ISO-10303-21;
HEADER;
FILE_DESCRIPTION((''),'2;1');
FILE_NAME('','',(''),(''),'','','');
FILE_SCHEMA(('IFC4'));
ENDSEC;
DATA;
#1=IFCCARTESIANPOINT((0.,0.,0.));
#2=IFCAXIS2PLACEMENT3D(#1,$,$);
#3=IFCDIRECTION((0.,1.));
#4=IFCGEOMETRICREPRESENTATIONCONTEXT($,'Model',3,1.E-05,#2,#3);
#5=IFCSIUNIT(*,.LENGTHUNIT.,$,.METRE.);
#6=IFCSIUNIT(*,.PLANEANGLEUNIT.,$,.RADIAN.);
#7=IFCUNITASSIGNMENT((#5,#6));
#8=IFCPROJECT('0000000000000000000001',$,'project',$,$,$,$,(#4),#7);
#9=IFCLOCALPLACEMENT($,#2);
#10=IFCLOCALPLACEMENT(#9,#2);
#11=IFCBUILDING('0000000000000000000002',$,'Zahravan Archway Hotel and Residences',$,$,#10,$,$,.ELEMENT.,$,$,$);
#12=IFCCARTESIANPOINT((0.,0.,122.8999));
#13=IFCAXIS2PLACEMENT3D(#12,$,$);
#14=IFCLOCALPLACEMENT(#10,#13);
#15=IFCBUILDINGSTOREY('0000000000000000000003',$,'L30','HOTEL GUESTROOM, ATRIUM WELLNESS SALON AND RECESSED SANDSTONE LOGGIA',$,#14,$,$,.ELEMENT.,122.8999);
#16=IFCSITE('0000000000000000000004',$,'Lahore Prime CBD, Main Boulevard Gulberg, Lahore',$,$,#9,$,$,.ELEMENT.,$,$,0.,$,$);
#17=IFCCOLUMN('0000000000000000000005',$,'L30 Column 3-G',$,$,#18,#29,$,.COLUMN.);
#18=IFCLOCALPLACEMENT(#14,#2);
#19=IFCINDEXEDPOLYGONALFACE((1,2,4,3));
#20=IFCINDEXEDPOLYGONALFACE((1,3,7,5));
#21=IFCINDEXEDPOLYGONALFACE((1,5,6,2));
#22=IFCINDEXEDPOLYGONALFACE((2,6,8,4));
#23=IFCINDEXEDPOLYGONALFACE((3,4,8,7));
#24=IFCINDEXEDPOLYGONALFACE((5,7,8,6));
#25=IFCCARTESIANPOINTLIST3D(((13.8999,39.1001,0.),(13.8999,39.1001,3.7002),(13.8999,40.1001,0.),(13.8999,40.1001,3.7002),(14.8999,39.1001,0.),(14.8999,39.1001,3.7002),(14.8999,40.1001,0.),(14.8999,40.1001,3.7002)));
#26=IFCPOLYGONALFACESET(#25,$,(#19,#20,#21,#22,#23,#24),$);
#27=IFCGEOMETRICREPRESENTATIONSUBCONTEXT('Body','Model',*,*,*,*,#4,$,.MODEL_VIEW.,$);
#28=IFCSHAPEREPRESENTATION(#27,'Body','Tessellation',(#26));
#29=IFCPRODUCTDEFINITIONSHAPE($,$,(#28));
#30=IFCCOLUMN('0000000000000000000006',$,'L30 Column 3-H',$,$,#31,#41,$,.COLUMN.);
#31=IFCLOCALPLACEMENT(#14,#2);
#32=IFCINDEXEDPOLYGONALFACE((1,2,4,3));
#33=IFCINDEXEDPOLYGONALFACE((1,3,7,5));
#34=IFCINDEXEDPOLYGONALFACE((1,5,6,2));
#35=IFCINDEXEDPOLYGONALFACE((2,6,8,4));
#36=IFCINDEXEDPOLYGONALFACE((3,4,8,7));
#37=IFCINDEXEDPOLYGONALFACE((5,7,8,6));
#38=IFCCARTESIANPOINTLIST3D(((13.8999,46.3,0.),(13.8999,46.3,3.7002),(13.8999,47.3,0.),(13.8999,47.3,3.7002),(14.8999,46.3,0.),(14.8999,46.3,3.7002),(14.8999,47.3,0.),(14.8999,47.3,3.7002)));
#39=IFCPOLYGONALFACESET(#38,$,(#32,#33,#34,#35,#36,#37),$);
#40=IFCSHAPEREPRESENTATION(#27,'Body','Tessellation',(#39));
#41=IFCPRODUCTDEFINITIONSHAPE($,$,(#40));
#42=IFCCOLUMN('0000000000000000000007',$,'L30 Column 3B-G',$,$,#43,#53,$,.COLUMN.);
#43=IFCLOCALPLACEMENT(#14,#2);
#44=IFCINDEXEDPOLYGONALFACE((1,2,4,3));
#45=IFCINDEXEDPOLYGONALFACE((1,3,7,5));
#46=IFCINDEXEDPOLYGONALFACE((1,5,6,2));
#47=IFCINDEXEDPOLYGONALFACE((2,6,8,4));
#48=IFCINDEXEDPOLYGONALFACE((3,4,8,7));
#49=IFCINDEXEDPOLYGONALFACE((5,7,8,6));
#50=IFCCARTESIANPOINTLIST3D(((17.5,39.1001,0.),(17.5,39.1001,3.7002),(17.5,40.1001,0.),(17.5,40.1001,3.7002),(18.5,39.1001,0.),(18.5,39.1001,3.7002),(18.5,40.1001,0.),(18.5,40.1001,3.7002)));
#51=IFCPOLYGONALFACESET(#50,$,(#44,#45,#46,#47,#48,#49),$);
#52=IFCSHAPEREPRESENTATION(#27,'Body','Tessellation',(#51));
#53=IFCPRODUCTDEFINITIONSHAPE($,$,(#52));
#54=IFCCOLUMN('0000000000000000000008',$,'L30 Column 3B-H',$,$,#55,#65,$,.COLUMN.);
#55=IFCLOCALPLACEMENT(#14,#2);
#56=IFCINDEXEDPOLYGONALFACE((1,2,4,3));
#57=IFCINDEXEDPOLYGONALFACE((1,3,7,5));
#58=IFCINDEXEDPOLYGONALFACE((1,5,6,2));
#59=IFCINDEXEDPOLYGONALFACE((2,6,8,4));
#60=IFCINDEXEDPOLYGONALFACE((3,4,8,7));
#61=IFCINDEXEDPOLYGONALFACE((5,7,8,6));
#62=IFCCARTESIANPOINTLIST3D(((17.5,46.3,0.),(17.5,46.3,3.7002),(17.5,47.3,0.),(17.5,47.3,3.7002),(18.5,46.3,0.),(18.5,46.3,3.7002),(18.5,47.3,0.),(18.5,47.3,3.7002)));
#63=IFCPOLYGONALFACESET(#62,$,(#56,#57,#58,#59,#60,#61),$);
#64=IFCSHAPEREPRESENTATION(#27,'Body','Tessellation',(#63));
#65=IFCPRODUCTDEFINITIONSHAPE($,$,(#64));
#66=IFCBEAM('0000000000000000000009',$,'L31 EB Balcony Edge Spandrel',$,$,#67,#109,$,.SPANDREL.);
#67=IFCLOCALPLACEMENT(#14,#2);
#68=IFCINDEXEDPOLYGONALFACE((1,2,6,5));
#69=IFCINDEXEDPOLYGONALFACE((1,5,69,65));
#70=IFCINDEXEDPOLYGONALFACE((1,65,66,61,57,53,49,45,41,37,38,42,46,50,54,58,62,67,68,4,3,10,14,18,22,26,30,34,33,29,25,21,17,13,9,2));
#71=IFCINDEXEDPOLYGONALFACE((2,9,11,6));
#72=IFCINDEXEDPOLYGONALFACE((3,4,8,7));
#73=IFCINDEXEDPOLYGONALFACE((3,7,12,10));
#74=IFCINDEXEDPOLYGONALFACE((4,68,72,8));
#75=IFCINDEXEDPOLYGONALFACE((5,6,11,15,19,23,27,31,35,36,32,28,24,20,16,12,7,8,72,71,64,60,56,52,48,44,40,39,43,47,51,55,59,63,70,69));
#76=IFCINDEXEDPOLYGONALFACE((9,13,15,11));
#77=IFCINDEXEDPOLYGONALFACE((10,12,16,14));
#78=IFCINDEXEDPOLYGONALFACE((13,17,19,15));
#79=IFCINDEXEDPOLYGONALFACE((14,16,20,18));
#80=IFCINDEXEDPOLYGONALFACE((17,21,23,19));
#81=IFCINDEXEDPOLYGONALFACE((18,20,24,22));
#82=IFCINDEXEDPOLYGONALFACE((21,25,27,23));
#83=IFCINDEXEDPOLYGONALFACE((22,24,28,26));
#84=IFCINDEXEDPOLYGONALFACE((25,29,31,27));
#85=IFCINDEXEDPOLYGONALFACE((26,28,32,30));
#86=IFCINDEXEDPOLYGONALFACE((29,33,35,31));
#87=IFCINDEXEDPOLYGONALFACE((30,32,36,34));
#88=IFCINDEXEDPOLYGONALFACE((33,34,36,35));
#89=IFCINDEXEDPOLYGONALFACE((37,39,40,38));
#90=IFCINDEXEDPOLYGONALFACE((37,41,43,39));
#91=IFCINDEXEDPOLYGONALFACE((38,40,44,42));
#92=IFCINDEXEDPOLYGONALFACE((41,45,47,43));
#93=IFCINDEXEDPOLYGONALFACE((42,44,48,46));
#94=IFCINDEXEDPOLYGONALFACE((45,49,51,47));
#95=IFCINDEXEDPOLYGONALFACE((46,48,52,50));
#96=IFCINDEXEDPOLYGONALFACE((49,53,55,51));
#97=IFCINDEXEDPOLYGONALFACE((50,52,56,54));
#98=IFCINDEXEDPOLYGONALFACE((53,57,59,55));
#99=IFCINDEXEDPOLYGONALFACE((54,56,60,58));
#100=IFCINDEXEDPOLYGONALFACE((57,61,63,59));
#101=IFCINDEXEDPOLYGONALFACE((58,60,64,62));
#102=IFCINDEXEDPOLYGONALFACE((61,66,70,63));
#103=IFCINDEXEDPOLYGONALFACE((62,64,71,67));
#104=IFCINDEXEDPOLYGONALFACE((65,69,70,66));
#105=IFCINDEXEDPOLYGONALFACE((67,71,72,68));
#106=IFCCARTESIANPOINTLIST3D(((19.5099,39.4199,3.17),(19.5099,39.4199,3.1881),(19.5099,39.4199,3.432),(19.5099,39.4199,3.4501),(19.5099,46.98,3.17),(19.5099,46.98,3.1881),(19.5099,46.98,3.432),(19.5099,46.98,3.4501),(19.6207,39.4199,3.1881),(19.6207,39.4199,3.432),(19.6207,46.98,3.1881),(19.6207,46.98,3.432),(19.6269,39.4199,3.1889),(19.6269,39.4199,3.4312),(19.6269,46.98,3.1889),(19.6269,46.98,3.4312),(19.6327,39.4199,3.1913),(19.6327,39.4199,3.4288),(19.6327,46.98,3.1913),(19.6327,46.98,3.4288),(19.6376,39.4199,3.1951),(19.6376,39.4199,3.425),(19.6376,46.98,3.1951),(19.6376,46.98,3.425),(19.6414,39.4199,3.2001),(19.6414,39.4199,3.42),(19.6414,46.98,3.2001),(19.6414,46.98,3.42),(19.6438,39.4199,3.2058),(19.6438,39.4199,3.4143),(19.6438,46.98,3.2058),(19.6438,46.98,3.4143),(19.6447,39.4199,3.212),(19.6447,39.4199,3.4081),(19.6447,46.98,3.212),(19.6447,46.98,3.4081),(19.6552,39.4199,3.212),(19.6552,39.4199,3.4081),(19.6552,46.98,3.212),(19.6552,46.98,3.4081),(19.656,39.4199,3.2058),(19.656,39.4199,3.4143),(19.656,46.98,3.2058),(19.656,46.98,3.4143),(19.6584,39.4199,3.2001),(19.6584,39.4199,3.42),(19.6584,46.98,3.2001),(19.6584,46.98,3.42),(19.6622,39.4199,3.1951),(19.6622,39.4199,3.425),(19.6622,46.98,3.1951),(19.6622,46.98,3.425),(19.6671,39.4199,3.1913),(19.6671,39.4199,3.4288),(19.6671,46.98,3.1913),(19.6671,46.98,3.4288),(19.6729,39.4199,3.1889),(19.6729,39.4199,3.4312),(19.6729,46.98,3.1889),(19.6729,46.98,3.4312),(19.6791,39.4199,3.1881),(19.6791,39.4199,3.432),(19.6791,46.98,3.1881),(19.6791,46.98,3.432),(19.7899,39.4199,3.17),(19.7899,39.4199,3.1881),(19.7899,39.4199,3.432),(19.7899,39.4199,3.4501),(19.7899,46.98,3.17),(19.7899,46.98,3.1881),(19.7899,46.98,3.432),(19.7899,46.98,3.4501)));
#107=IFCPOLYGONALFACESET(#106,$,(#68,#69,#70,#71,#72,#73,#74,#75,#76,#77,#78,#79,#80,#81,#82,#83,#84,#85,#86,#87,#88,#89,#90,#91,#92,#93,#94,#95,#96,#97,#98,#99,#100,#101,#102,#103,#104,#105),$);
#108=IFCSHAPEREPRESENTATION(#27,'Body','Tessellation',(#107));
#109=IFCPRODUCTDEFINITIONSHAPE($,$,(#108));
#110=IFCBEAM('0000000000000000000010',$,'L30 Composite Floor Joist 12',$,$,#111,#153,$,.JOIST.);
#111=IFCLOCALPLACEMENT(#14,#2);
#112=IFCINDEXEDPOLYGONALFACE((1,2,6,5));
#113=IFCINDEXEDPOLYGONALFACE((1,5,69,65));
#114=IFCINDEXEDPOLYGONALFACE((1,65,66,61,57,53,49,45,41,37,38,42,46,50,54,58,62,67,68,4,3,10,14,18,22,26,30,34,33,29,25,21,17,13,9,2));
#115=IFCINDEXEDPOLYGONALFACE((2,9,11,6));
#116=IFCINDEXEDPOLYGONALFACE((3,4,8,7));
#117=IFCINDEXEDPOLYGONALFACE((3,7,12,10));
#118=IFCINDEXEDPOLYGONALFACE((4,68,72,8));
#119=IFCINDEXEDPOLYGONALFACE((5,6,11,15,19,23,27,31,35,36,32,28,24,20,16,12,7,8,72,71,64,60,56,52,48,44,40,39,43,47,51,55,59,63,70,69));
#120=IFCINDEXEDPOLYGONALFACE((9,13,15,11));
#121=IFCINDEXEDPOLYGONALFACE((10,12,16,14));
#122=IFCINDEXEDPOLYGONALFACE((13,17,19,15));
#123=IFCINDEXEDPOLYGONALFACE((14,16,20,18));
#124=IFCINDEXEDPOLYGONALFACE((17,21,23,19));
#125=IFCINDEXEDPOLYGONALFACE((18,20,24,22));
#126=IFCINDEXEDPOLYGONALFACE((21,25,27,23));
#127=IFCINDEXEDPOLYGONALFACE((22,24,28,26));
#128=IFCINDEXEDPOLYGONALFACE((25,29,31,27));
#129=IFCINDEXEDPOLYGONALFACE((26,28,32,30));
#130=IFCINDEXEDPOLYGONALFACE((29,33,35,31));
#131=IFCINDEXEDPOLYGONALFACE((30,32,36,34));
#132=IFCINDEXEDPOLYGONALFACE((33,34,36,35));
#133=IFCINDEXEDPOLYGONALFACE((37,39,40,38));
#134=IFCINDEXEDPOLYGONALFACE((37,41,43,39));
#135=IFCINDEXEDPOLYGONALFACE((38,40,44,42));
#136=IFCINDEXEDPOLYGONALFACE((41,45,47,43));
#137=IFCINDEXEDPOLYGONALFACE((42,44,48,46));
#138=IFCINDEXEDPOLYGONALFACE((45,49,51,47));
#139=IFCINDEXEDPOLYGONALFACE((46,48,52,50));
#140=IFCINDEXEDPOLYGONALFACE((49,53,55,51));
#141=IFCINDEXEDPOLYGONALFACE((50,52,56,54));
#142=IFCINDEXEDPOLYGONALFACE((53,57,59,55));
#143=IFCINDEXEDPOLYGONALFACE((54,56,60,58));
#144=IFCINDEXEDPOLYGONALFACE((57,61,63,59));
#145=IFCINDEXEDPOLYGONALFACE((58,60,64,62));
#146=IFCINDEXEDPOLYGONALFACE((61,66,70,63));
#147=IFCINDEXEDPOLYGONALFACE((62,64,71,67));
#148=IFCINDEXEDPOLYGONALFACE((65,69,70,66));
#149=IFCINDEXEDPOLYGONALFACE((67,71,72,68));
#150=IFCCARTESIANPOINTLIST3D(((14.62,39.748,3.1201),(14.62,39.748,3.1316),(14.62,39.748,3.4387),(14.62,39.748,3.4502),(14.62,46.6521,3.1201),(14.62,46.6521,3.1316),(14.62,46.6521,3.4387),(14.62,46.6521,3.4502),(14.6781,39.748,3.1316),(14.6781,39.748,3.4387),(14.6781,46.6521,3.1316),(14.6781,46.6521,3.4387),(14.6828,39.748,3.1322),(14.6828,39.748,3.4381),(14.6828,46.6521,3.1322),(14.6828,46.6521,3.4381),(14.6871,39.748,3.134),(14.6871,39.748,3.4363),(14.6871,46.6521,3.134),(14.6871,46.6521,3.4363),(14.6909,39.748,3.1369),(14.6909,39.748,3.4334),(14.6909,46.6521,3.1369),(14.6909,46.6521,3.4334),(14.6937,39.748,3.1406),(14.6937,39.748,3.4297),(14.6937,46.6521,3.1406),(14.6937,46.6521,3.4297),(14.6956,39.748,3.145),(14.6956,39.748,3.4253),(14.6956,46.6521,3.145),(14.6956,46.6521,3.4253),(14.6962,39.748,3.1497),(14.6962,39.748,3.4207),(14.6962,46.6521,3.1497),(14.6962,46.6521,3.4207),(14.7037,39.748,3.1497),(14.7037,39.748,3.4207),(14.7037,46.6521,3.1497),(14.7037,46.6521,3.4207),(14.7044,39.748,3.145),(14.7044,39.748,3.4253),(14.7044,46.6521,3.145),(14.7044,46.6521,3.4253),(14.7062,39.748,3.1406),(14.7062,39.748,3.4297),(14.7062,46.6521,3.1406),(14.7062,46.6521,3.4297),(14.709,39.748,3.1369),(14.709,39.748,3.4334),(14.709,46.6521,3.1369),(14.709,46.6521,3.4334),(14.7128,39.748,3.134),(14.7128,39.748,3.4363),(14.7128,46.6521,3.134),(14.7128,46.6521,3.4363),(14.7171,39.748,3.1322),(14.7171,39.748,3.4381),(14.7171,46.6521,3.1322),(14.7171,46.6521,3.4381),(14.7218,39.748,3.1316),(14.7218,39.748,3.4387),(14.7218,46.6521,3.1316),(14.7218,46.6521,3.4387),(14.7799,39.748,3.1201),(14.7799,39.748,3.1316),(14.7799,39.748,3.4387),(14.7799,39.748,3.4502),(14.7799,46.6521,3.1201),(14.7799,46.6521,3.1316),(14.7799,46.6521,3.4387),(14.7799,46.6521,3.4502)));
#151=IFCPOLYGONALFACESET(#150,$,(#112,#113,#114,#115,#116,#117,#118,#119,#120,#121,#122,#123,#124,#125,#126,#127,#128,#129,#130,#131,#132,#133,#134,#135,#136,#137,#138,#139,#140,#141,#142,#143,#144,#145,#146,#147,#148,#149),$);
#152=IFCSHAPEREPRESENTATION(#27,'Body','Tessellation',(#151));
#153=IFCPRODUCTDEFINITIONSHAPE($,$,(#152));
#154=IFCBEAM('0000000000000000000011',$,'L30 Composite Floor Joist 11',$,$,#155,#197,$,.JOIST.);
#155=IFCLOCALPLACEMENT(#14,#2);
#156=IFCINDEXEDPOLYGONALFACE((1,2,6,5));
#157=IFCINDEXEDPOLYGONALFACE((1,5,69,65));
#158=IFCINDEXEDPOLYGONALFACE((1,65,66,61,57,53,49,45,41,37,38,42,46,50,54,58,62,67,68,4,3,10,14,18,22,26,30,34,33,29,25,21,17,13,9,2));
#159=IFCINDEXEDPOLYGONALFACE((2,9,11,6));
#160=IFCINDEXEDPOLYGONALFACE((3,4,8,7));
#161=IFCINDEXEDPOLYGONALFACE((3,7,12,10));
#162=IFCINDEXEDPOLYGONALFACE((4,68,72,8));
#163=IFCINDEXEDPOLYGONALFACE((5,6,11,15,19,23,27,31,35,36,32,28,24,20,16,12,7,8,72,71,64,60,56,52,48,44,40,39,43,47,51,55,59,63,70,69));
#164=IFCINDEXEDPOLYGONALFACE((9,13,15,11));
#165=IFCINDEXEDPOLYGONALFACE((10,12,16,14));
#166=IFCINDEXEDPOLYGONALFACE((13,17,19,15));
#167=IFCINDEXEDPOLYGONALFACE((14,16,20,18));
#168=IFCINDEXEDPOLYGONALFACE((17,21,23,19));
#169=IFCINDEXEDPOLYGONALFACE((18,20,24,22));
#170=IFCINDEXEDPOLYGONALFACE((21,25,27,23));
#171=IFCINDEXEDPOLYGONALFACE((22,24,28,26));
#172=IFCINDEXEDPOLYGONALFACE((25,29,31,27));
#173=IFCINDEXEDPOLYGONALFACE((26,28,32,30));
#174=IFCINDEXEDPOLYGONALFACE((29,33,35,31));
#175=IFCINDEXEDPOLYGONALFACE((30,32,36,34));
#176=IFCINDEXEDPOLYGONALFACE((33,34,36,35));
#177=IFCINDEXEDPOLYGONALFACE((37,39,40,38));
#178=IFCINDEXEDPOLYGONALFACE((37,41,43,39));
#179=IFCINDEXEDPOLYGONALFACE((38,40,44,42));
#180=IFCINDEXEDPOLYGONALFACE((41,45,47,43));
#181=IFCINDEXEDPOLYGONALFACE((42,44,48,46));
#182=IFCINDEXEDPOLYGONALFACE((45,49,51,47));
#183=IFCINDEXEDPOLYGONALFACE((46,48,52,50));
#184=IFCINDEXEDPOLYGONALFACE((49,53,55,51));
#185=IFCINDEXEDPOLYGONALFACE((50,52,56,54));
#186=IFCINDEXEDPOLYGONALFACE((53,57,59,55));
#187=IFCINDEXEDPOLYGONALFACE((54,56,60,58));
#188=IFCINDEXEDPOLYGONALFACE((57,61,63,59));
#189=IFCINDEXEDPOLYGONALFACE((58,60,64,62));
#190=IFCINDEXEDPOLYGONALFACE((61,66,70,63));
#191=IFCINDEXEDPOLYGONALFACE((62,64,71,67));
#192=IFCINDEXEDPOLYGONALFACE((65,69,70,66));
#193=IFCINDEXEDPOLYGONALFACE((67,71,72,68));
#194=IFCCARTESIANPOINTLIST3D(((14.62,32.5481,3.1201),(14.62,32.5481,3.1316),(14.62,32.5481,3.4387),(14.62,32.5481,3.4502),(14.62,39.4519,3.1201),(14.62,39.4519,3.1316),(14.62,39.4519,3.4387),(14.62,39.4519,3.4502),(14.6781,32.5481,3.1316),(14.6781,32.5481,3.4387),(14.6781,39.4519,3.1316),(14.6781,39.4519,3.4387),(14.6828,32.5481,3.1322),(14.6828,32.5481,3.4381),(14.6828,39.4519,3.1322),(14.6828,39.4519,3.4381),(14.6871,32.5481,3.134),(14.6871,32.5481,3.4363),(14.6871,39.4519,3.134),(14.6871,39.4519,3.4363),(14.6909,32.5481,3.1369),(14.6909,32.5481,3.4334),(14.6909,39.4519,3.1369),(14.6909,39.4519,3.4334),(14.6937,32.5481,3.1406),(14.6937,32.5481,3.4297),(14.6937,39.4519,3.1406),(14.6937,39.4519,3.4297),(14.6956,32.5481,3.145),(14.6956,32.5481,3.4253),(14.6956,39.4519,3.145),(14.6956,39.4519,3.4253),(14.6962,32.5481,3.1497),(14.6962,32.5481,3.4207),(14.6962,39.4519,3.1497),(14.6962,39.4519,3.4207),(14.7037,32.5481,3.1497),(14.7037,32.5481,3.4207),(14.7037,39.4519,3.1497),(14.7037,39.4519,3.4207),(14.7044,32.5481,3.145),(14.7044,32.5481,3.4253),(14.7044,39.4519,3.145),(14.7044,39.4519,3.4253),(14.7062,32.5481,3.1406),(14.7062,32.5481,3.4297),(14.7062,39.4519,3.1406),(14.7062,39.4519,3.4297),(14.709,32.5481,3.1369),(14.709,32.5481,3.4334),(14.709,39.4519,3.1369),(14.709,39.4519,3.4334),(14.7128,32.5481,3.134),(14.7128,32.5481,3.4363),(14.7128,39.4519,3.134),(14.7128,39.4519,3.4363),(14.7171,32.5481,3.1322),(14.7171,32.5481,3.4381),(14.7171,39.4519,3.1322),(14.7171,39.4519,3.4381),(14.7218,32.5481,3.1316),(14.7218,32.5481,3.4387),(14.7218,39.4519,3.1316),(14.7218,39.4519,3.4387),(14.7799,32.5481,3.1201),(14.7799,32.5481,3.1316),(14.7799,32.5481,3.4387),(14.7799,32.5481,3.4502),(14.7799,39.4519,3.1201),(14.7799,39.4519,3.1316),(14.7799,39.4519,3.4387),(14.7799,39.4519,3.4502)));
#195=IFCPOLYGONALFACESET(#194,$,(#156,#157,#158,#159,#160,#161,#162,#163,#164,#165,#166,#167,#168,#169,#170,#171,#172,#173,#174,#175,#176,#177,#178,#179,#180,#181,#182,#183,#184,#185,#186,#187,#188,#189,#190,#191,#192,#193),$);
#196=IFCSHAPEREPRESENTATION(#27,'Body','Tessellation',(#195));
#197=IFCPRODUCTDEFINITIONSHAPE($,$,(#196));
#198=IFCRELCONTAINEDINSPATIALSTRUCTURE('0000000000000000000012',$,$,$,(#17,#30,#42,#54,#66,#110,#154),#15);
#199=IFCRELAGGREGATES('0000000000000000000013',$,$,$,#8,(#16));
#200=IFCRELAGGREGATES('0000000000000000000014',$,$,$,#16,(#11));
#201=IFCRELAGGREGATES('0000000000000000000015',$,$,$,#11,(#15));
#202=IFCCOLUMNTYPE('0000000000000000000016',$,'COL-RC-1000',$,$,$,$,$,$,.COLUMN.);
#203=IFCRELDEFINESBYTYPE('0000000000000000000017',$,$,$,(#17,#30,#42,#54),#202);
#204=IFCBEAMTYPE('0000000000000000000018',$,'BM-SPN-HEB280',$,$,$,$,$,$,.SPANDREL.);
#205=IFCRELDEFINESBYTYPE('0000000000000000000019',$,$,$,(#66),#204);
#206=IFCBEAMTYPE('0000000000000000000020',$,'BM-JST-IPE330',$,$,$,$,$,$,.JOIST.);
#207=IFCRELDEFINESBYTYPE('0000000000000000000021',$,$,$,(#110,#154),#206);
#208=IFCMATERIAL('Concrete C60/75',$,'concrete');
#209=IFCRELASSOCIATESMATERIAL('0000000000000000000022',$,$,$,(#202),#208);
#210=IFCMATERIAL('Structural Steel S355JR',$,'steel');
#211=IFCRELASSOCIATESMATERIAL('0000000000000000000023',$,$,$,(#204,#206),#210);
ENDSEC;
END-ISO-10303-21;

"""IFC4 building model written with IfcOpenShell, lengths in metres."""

from ifc_helpers import new_model, si_unit, direction, frame, origin, origin_2d, place, context, subcontext, project, spatial, rectangle, i_section, extrude, source, transform, mapped, material, material_profile, profile_set, type_object, type_shapes, element, save


model = new_model("IFC4")

# Units and contexts
model_context = context("Model", 3, precision=1e-05, world=origin(), true_north=direction((0.0, 1.0)))
body_context = subcontext(model_context, "Body", "Model", "MODEL_VIEW")
ifc_project = project(units=[si_unit("LENGTHUNIT", "METRE"), si_unit("PLANEANGLEUNIT", "RADIAN")], contexts=[model_context])

# Site, building, storey
site_placement = place(None, origin())
site = spatial("IfcSite", under=ifc_project, at=site_placement, Name="Lahore Prime CBD, Main Boulevard Gulberg, Lahore", CompositionType="ELEMENT", RefElevation=0.0)
building_placement = place(site_placement, origin())
building = spatial("IfcBuilding", under=site, at=building_placement, Name="Zahravan Archway Hotel and Residences", CompositionType="ELEMENT")
storey_placement = place(building_placement, frame((0.0, 0.0, 122.8999)))
storey = spatial("IfcBuildingStorey", under=building, at=storey_placement, Name="L30", Description="HOTEL GUESTROOM, ATRIUM WELLNESS SALON AND RECESSED SANDSTONE LOGGIA", CompositionType="ELEMENT", Elevation=122.8999)

# Columns
ifc_material_1 = material(Name="Concrete C60/75", Category="concrete")
ifc_material_profile_1 = material_profile(ifc_material_1, rectangle(XDim=1.0, YDim=1.0, at=origin_2d()), Name="RC-COL-1000x1000", Category="concrete")
ifc_profile_set_1 = profile_set([ifc_material_profile_1], Name="Concrete C60/75")
column_type = type_object("IfcColumnType", Name="COL-RC-1000", PredefinedType="COLUMN", material=ifc_profile_set_1)
shared_shape_1 = source(origin(), body_context, "Body", "SweptSolid", [
    extrude(rectangle(XDim=1.0, YDim=1.0, at=origin_2d()), origin(), (0.0, 0.0, 1.0), 3.7002),
])
for number, where, z_axis, x_axis, name in (
    (1, (14.3999, 39.6001, 0.0), (0.0, 0.0, 1.0), (1.0, 0.0, 0.0), "L30 Column 3-G"),
    (2, (14.3999, 46.8, 0.0), (0.0, 0.0, 1.0), (1.0, 0.0, 0.0), "L30 Column 3-H"),
    (3, (18.0, 39.6001, 0.0), (0.0, 0.0, 1.0), (1.0, 0.0, 0.0), "L30 Column 3B-G"),
    (4, (18.0, 46.8, 0.0), (0.0, 0.0, 1.0), (1.0, 0.0, 0.0), "L30 Column 3B-H"),
):
    element("IfcColumn", number, at=place(storey_placement, frame(where, z_axis=z_axis, x_axis=x_axis)), inside=storey, type_object=column_type, Name=name, PredefinedType="COLUMN", context=body_context, shape_type="MappedRepresentation", body=[
        mapped(shared_shape_1, transform((0.0, 0.0, 0.0), scale=1.0)),
    ])

# Beams
ifc_material_2 = material(Name="Structural Steel S355JR", Category="steel")
ifc_material_profile_2 = material_profile(ifc_material_2, i_section(OverallWidth=0.28, OverallDepth=0.28, WebThickness=0.0105, FlangeThickness=0.0181, FilletRadius=0.0239, at=origin_2d()), Name="HEB 280", Category="steel")
ifc_profile_set_2 = profile_set([ifc_material_profile_2], Name="Structural Steel S355JR")
beam_type_1 = type_object("IfcBeamType", Name="BM-SPN-HEB280", PredefinedType="SPANDREL", material=ifc_profile_set_2)
shared_shape_2 = source(origin(), body_context, "Body", "SweptSolid", [
    extrude(i_section(OverallWidth=0.28, OverallDepth=0.28, WebThickness=0.0105, FlangeThickness=0.0181, FilletRadius=0.0239, at=origin_2d()), origin(), (0.0, 0.0, 1.0), 7.5601),
])
type_shapes(beam_type_1, [shared_shape_2])
beam_1_placement = place(storey_placement, frame((19.6499, 39.4199, 3.3101), z_axis=(0.0, 1.0, 0.0), x_axis=(-1.0, 0.0, 0.0)))
element("IfcBeam", 5, at=beam_1_placement, inside=storey, type_object=beam_type_1, Name="L31 EB Balcony Edge Spandrel", PredefinedType="SPANDREL", context=body_context, shape_type="MappedRepresentation", body=[
    mapped(shared_shape_2, transform((0.0, 0.0, 0.0), scale=1.0)),
])
ifc_material_profile_3 = material_profile(ifc_material_2, i_section(OverallWidth=0.1599, OverallDepth=0.3301, WebThickness=0.0076, FlangeThickness=0.0115, FilletRadius=0.0181, at=origin_2d()), Name="IPE 330", Category="steel")
ifc_profile_set_3 = profile_set([ifc_material_profile_3], Name="Structural Steel S355JR")
beam_type_2 = type_object("IfcBeamType", Name="BM-JST-IPE330", PredefinedType="JOIST", material=ifc_profile_set_3)
shared_shape_3 = source(origin(), body_context, "Body", "SweptSolid", [
    extrude(i_section(OverallWidth=0.1599, OverallDepth=0.3301, WebThickness=0.0076, FlangeThickness=0.0115, FilletRadius=0.0181, at=origin_2d()), origin(), (0.0, 0.0, 1.0), 6.9041),
])
type_shapes(beam_type_2, [shared_shape_3])
beam_2_placement = place(storey_placement, frame((14.7, 39.748, 3.2852), z_axis=(0.0, 1.0, 0.0), x_axis=(-1.0, 0.0, 0.0)))
element("IfcBeam", 6, at=beam_2_placement, inside=storey, type_object=beam_type_2, Name="L30 Composite Floor Joist 12", PredefinedType="JOIST", context=body_context, shape_type="MappedRepresentation", body=[
    mapped(shared_shape_3, transform((0.0, 0.0, 0.0), scale=1.0)),
])
shared_shape_4 = source(origin(), body_context, "Body", "SweptSolid", [
    extrude(i_section(OverallWidth=0.1599, OverallDepth=0.3301, WebThickness=0.0076, FlangeThickness=0.0115, FilletRadius=0.0181, at=origin_2d()), origin(), (0.0, 0.0, 1.0), 6.9038),
])
beam_3_placement = place(storey_placement, frame((14.7, 32.5481, 3.2852), z_axis=(0.0, 1.0, 0.0), x_axis=(-1.0, 0.0, 0.0)))
element("IfcBeam", 7, at=beam_3_placement, inside=storey, type_object=beam_type_2, Name="L30 Composite Floor Joist 11", PredefinedType="JOIST", context=body_context, shape_type="MappedRepresentation", body=[
    mapped(shared_shape_4, transform((0.0, 0.0, 0.0), scale=1.0)),
])

save(model, "model.ifc")
